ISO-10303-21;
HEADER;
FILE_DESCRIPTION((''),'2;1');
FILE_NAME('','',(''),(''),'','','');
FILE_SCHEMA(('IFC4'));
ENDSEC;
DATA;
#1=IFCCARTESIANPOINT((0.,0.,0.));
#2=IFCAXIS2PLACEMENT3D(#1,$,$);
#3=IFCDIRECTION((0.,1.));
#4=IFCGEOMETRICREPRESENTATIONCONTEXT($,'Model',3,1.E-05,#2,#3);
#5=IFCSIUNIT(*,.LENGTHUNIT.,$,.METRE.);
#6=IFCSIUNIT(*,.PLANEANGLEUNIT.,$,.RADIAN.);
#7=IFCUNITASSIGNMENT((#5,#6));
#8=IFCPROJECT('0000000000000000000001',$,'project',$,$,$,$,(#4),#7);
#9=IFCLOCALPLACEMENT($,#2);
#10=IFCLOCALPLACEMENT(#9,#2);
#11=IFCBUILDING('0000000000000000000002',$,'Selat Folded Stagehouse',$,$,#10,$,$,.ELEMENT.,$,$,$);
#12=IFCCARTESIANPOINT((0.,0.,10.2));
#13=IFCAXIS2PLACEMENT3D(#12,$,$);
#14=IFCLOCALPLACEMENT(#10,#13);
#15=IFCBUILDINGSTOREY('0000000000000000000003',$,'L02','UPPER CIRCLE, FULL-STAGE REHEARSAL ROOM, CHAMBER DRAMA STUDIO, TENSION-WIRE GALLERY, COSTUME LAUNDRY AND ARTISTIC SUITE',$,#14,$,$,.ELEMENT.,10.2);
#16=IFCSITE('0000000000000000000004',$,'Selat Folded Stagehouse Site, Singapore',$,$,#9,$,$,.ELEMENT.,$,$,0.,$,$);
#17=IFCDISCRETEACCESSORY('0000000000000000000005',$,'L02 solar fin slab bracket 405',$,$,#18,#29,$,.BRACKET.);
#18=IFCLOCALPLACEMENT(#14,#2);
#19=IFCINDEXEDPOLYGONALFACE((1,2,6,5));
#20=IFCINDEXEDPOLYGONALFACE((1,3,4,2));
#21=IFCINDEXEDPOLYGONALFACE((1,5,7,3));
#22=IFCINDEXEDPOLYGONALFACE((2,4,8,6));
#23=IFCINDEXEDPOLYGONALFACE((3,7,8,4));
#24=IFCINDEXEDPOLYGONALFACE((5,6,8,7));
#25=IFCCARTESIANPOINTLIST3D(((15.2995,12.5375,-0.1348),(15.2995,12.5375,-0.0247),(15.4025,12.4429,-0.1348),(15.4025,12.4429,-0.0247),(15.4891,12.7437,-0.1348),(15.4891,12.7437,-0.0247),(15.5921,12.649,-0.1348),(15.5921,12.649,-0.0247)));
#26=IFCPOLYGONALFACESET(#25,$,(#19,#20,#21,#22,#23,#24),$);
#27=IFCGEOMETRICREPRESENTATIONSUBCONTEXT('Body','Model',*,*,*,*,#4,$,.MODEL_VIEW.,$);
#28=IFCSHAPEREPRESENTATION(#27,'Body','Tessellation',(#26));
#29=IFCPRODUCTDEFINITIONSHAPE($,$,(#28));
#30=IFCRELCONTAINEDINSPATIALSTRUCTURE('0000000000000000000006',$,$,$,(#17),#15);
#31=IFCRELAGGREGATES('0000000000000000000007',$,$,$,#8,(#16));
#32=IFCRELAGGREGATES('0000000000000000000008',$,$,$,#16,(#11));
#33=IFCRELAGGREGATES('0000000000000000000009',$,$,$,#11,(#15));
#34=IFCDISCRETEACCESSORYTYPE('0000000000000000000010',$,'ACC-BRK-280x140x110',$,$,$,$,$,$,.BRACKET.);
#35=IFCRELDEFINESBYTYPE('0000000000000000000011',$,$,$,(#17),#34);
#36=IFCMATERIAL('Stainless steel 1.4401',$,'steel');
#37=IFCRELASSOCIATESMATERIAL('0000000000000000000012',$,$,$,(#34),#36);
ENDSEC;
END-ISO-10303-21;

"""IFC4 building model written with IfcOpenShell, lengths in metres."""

from ifc_helpers import new_model, si_unit, direction, frame, origin, origin_2d, place, context, subcontext, project, spatial, rectangle, extrude, material, type_object, element, save


model = new_model("IFC4")

# Units and contexts
model_context = context("Model", 3, precision=1e-05, world=origin(), true_north=direction((0.0, 1.0)))
body_context = subcontext(model_context, "Body", "Model", "MODEL_VIEW")
ifc_project = project(units=[si_unit("LENGTHUNIT", "METRE"), si_unit("PLANEANGLEUNIT", "RADIAN")], contexts=[model_context])

# Site, building, storey
site_placement = place(None, origin())
site = spatial("IfcSite", under=ifc_project, at=site_placement, Name="Selat Folded Stagehouse Site, Singapore", CompositionType="ELEMENT", RefElevation=0.0)
building_placement = place(site_placement, origin())
building = spatial("IfcBuilding", under=site, at=building_placement, Name="Selat Folded Stagehouse", CompositionType="ELEMENT")
storey_placement = place(building_placement, frame((0.0, 0.0, 10.2)))
storey = spatial("IfcBuildingStorey", under=building, at=storey_placement, Name="L02", Description="UPPER CIRCLE, FULL-STAGE REHEARSAL ROOM, CHAMBER DRAMA STUDIO, TENSION-WIRE GALLERY, COSTUME LAUNDRY AND ARTISTIC SUITE", CompositionType="ELEMENT", Elevation=10.2)

# Discrete accessory
ifc_material_1 = material(Name="Stainless steel 1.4401", Category="steel")
discrete_accessory_type = type_object("IfcDiscreteAccessoryType", Name="ACC-BRK-280x140x110", PredefinedType="BRACKET", material=ifc_material_1)
discrete_accessory_placement = place(storey_placement, frame((15.4458, 12.5933, -0.1348), z_axis=(0.0, 0.0, 1.0), x_axis=(-0.676876, -0.736097, 0.0)))
element("IfcDiscreteAccessory", 1, at=discrete_accessory_placement, inside=storey, type_object=discrete_accessory_type, Name="L02 solar fin slab bracket 405", PredefinedType="BRACKET", context=body_context, shape_type="SweptSolid", body=[
    extrude(rectangle(XDim=0.28, YDim=0.1399, at=origin_2d()), origin(), (0.0, 0.0, 1.0), 0.1101),
])

save(model, "model.ifc")
